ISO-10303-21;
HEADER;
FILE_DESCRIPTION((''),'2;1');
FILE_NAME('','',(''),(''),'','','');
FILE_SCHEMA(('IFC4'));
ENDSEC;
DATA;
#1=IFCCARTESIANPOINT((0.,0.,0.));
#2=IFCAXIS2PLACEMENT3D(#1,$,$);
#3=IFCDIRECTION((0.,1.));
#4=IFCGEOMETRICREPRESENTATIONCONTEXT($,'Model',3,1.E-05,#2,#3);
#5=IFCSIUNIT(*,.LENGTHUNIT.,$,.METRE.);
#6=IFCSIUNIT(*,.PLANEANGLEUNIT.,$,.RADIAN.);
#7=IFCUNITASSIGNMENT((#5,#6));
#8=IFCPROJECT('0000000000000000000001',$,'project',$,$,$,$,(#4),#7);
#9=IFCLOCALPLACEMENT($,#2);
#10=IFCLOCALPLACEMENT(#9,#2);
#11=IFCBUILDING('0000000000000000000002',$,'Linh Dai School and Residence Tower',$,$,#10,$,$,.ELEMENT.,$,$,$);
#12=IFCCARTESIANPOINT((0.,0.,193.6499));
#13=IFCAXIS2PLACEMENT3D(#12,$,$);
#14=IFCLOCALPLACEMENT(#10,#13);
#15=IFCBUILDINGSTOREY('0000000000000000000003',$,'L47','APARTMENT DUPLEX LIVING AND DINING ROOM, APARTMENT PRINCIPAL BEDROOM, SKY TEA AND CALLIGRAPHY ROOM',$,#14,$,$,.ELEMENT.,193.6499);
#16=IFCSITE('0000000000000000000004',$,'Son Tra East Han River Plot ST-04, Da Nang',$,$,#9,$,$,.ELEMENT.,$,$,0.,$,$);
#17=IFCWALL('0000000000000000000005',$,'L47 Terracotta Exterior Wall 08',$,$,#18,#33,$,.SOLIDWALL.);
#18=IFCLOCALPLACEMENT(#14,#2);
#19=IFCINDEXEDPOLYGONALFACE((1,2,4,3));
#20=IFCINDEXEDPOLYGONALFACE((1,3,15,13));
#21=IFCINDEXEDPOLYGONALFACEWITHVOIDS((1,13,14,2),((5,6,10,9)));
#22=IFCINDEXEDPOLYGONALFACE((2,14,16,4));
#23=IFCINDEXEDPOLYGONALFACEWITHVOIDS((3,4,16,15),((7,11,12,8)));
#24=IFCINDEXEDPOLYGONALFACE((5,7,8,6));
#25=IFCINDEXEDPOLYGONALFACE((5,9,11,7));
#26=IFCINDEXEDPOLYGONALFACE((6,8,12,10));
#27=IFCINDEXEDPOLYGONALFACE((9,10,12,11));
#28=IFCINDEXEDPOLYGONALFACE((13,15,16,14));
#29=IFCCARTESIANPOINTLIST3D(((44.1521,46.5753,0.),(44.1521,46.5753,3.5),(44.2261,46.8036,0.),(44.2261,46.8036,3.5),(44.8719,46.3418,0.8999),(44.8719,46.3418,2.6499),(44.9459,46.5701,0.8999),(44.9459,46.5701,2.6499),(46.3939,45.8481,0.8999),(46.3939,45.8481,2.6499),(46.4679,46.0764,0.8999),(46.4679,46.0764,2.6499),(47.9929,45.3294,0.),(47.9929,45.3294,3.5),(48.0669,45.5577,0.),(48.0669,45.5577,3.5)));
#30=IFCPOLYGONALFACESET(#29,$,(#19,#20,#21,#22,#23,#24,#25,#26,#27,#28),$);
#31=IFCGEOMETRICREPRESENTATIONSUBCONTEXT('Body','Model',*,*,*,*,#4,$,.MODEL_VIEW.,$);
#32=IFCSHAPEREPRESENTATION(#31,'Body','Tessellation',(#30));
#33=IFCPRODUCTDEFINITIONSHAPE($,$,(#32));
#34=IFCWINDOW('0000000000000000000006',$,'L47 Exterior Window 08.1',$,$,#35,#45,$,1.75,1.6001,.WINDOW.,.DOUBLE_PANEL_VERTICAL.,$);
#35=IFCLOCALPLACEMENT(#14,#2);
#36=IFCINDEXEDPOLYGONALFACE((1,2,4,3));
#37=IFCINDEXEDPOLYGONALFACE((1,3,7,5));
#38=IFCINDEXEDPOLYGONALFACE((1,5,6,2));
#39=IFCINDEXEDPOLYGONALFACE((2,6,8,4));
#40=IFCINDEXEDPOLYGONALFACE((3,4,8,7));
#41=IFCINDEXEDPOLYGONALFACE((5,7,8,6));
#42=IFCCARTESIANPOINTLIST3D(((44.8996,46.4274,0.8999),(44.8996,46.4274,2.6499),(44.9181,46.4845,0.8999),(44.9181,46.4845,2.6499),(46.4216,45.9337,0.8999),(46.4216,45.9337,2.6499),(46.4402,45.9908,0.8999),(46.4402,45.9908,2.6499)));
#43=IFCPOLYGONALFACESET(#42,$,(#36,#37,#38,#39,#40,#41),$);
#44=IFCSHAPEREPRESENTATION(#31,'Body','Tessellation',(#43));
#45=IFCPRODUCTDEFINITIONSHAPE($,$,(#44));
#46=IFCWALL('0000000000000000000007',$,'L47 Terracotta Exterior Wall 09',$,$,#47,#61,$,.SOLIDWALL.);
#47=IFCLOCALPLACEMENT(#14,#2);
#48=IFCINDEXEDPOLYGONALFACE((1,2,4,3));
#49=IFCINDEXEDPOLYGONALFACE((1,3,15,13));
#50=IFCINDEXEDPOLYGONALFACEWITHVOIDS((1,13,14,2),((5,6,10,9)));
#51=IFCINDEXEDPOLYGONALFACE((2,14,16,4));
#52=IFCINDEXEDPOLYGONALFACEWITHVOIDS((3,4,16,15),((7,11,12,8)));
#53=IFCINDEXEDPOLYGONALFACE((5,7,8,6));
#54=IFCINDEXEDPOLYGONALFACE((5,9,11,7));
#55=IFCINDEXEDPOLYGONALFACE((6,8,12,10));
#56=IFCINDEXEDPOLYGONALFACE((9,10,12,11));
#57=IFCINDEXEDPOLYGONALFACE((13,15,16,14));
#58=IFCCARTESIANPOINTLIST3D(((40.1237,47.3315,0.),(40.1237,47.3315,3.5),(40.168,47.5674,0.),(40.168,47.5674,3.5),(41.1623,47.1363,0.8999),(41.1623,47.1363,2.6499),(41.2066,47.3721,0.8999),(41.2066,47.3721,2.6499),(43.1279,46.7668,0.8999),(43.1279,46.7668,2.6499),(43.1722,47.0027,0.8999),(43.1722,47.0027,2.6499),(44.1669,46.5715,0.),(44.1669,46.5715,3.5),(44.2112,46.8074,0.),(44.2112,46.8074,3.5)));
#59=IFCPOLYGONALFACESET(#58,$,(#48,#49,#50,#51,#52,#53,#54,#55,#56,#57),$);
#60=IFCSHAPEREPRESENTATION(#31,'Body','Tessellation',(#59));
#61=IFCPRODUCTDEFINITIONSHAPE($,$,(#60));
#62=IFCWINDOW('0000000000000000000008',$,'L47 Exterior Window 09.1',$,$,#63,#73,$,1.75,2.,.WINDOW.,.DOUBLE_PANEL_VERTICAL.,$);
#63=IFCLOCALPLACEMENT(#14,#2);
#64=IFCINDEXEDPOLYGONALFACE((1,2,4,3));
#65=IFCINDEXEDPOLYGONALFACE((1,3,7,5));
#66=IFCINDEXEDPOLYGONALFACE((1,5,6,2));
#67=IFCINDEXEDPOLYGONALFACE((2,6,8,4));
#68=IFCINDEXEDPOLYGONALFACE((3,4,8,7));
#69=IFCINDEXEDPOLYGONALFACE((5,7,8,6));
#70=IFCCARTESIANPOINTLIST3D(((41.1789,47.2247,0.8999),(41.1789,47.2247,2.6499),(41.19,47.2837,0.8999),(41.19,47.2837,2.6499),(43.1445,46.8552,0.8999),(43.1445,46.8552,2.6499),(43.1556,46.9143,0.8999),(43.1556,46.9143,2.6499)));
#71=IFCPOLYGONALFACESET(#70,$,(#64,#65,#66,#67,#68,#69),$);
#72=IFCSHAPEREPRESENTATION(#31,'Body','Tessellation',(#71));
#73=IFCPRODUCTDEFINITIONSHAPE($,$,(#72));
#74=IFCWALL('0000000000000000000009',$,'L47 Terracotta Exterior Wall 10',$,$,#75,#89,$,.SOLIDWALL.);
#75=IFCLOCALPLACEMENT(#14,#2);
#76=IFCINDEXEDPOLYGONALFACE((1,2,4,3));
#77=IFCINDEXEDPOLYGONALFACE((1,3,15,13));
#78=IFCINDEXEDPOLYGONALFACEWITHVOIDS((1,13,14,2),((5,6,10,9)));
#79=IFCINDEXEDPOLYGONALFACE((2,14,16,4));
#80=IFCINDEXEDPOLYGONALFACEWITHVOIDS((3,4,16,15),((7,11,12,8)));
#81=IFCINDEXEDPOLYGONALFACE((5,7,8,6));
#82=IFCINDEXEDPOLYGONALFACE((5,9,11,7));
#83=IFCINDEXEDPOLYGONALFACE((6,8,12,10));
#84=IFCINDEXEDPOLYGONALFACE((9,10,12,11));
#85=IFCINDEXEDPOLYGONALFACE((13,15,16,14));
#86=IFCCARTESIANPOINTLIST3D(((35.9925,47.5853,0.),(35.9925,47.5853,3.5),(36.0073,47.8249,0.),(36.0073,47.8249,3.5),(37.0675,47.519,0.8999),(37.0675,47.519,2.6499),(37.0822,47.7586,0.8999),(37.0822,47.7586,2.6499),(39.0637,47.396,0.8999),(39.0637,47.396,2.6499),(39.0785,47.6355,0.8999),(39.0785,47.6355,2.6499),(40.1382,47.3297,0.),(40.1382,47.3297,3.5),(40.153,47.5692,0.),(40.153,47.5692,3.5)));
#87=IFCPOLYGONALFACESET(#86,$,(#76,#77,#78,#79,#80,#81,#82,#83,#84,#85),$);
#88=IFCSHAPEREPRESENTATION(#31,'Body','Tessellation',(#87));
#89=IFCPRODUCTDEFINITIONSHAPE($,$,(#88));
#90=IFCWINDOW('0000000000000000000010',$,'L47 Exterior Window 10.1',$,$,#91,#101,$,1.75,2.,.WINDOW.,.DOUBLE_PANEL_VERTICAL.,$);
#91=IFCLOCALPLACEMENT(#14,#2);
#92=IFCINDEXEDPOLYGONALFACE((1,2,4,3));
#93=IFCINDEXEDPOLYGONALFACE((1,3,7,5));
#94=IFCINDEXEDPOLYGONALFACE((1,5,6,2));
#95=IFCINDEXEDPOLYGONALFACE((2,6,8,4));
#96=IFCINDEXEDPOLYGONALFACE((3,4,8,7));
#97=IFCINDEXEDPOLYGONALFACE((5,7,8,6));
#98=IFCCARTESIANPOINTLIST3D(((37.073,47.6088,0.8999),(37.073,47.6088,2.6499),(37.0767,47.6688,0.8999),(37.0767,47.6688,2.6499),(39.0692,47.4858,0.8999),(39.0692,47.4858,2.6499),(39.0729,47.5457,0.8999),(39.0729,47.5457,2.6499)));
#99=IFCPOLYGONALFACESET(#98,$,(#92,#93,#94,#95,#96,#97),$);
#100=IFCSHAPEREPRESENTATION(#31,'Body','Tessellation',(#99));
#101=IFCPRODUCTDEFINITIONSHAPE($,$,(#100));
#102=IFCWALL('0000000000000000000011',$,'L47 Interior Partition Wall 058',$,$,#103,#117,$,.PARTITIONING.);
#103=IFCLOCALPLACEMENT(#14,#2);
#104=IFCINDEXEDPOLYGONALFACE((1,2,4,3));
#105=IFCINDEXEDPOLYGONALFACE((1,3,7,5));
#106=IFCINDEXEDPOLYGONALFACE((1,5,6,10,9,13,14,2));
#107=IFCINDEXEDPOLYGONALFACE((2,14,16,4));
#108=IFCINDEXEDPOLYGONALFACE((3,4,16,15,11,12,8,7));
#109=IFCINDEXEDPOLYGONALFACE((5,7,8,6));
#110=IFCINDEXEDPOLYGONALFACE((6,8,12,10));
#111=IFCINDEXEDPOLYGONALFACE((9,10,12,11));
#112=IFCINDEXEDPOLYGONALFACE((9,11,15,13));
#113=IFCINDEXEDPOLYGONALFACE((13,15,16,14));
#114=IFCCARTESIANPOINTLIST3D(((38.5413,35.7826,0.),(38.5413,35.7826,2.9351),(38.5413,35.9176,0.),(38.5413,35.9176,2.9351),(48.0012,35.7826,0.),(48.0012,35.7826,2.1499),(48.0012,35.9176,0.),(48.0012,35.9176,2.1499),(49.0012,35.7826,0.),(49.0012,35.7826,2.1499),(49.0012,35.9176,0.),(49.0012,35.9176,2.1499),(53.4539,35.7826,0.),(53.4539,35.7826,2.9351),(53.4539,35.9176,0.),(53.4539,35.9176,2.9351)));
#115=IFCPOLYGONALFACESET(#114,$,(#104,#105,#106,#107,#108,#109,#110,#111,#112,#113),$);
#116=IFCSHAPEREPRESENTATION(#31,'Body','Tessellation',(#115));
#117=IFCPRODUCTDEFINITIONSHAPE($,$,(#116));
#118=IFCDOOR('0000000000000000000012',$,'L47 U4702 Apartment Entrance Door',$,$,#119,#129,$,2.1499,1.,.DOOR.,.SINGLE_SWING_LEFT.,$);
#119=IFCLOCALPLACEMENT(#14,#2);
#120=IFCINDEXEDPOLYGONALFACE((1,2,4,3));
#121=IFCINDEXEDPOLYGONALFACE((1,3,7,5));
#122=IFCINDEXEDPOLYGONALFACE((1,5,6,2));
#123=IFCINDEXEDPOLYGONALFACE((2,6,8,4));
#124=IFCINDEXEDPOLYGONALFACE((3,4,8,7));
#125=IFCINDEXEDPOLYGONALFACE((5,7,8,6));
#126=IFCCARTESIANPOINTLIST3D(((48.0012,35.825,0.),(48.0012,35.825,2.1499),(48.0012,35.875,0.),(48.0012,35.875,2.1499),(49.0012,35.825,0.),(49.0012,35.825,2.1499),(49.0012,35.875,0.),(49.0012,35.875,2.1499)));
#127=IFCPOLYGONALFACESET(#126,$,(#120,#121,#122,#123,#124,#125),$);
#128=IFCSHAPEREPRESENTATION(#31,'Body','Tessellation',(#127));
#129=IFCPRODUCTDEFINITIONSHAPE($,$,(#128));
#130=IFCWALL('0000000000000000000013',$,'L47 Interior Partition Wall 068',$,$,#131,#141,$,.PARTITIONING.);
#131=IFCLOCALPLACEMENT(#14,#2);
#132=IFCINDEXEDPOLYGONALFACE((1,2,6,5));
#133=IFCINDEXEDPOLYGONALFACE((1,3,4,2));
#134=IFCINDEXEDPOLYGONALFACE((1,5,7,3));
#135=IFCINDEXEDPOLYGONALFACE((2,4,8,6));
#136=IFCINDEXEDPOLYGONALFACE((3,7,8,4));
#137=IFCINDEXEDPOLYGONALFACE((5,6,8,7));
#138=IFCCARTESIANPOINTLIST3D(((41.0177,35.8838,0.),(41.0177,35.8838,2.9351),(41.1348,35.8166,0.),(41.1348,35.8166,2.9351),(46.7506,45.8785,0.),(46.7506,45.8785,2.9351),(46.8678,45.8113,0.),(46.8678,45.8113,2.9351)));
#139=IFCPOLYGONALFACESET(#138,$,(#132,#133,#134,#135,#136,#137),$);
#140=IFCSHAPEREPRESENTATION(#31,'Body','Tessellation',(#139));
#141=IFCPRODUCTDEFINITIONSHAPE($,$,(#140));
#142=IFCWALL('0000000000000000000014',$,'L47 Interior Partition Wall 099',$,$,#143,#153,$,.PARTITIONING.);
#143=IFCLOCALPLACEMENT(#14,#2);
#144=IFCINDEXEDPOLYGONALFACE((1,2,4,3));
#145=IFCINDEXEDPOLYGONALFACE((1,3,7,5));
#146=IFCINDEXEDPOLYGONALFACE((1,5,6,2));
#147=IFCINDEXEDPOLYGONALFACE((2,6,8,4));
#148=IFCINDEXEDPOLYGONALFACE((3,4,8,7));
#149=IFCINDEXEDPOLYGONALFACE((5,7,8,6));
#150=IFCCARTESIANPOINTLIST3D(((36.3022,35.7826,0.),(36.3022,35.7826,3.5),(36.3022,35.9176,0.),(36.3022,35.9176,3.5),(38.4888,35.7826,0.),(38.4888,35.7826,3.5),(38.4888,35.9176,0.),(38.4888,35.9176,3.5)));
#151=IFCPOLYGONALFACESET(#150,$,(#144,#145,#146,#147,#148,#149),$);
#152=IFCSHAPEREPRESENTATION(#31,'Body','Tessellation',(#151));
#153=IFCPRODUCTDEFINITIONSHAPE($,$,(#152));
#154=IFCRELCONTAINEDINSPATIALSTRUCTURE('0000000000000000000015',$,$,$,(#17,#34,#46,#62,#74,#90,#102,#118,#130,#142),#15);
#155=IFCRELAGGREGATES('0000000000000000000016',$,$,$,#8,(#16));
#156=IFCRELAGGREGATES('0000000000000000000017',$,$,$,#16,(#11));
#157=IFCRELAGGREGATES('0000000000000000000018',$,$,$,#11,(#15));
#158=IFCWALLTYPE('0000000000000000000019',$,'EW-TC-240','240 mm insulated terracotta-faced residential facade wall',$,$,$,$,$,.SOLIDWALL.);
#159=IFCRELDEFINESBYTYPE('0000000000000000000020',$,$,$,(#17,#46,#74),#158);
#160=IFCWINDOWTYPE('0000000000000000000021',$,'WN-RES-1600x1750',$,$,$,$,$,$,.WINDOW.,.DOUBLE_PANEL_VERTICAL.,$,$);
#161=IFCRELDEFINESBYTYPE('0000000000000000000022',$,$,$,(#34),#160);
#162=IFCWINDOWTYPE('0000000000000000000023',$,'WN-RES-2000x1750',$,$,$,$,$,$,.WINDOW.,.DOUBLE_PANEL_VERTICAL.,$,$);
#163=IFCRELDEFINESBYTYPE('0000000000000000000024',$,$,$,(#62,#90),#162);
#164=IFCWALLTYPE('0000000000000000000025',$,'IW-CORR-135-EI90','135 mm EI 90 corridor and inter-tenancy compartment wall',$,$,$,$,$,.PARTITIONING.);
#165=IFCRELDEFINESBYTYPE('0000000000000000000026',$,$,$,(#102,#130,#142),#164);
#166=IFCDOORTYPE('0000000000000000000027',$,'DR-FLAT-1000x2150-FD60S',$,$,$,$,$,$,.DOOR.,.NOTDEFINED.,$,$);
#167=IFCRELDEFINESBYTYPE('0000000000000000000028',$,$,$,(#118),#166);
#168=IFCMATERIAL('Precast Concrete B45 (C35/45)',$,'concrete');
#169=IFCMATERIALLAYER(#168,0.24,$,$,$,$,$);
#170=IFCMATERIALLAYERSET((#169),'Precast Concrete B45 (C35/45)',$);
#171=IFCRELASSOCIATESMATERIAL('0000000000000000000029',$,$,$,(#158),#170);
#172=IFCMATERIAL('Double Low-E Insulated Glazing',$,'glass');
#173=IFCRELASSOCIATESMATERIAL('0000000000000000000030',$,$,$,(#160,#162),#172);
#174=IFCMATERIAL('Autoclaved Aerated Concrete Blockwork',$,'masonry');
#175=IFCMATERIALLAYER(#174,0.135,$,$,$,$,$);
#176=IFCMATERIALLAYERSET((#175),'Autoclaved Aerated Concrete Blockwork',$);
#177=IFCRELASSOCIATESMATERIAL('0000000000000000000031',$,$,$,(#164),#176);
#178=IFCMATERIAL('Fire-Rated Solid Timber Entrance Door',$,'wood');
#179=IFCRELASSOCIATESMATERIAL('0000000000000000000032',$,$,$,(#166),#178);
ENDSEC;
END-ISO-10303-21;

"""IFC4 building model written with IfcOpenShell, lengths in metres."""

from ifc_helpers import new_model, si_unit, direction, frame, frame_2d, origin, origin_2d, place, context, subcontext, project, spatial, rectangle, extrude, source, transform, mapped, material, layer, layer_set, type_object, element, fill, save


model = new_model("IFC4")

# Units and contexts
model_context = context("Model", 3, precision=1e-05, world=origin(), true_north=direction((0.0, 1.0)))
body_context = subcontext(model_context, "Body", "Model", "MODEL_VIEW")
ifc_project = project(units=[si_unit("LENGTHUNIT", "METRE"), si_unit("PLANEANGLEUNIT", "RADIAN")], contexts=[model_context])

# Site, building, storey
site_placement = place(None, origin())
site = spatial("IfcSite", under=ifc_project, at=site_placement, Name="Son Tra East Han River Plot ST-04, Da Nang", CompositionType="ELEMENT", RefElevation=0.0)
building_placement = place(site_placement, origin())
building = spatial("IfcBuilding", under=site, at=building_placement, Name="Linh Dai School and Residence Tower", CompositionType="ELEMENT")
storey_placement = place(building_placement, frame((0.0, 0.0, 193.6499)))
storey = spatial("IfcBuildingStorey", under=building, at=storey_placement, Name="L47", Description="APARTMENT DUPLEX LIVING AND DINING ROOM, APARTMENT PRINCIPAL BEDROOM, SKY TEA AND CALLIGRAPHY ROOM", CompositionType="ELEMENT", Elevation=193.6499)

# Shared definitions
ifc_material_1 = material(Name="Precast Concrete B45 (C35/45)", Category="concrete")

# Walls, openings, windows
ifc_layer_1 = layer(ifc_material_1, 0.24)
ifc_layer_set_1 = layer_set([ifc_layer_1], Name="Precast Concrete B45 (C35/45)")
wall_type_1 = type_object("IfcWallType", Name="EW-TC-240", Description="240 mm insulated terracotta-faced residential facade wall", PredefinedType="SOLIDWALL", material=ifc_layer_set_1)
wall_1_placement = place(storey_placement, frame((44.189, 46.6895, 0.0), z_axis=(0.0, 0.0, 1.0), x_axis=(0.95121, -0.308545, 0.0)))
wall_1 = element("IfcWall", 1, at=wall_1_placement, inside=storey, type_object=wall_type_1, Name="L47 Terracotta Exterior Wall 08", PredefinedType="SOLIDWALL", context=body_context, shape_type="SweptSolid", body=[
    extrude(rectangle(XDim=4.0378, YDim=0.24, at=frame_2d((2.019, 0.0))), origin(), (0.0, 0.0, 1.0), 3.5),
])
opening_1_placement = place(wall_1_placement, frame((0.7568, 0.0, 0.8999)))
opening_1 = element("IfcOpeningElement", 2, at=opening_1_placement, cuts=wall_1, PredefinedType="OPENING", context=body_context, shape_type="SweptSolid", body=[
    extrude(rectangle(XDim=1.6001, YDim=1.75, at=origin_2d()), frame((0.8, 0.1299, 0.875), z_axis=(0.0, -1.0, 0.0), x_axis=(1.0, 0.0, 0.0)), (0.0, 0.0, 1.0), 0.26),
])
ifc_material_2 = material(Name="Double Low-E Insulated Glazing", Category="glass")
window_type_1 = type_object("IfcWindowType", Name="WN-RES-1600x1750", PartitioningType="DOUBLE_PANEL_VERTICAL", PredefinedType="WINDOW", material=ifc_material_2)
shared_shape_1 = source(origin(), body_context, "Body", "SweptSolid", [
    extrude(rectangle(XDim=1.6001, YDim=1.75, at=origin_2d()), frame((0.8, 0.03, 0.875), z_axis=(0.0, -1.0, 0.0), x_axis=(1.0, 0.0, 0.0)), (0.0, 0.0, 1.0), 0.0601),
])
window_1_placement = place(opening_1_placement, origin())
window_1 = element("IfcWindow", 3, at=window_1_placement, inside=storey, type_object=window_type_1, Name="L47 Exterior Window 08.1", OverallHeight=1.75, OverallWidth=1.6001, PartitioningType="DOUBLE_PANEL_VERTICAL", PredefinedType="WINDOW", context=body_context, shape_type="MappedRepresentation", body=[
    mapped(shared_shape_1, transform((0.0, 0.0, 0.0), x_axis=(1.0, 0.0, 0.0), y_axis=(0.0, 1.0, 0.0), z_axis=(0.0, 0.0, 1.0), scale=1.0)),
])
fill(opening_1, window_1)
wall_2_placement = place(storey_placement, frame((40.1458, 47.4495, 0.0), z_axis=(0.0, 0.0, 1.0), x_axis=(0.982788, -0.184736, 0.0)))
wall_2 = element("IfcWall", 4, at=wall_2_placement, inside=storey, type_object=wall_type_1, Name="L47 Terracotta Exterior Wall 09", PredefinedType="SOLIDWALL", context=body_context, shape_type="SweptSolid", body=[
    extrude(rectangle(XDim=4.114, YDim=0.24, at=frame_2d((2.0571, 0.0))), origin(), (0.0, 0.0, 1.0), 3.5),
])
opening_2_placement = place(wall_2_placement, frame((1.0569, 0.0, 0.8999)))
opening_2 = element("IfcOpeningElement", 5, at=opening_2_placement, cuts=wall_2, PredefinedType="OPENING", context=body_context, shape_type="SweptSolid", body=[
    extrude(rectangle(XDim=2.0, YDim=1.75, at=origin_2d()), frame((1.0, 0.1299, 0.875), z_axis=(0.0, -1.0, 0.0), x_axis=(1.0, 0.0, 0.0)), (0.0, 0.0, 1.0), 0.26),
])
window_type_2 = type_object("IfcWindowType", Name="WN-RES-2000x1750", PartitioningType="DOUBLE_PANEL_VERTICAL", PredefinedType="WINDOW", material=ifc_material_2)
shared_shape_2 = source(origin(), body_context, "Body", "SweptSolid", [
    extrude(rectangle(XDim=2.0, YDim=1.75, at=origin_2d()), frame((1.0, 0.03, 0.875), z_axis=(0.0, -1.0, 0.0), x_axis=(1.0, 0.0, 0.0)), (0.0, 0.0, 1.0), 0.0601),
])
window_2_placement = place(opening_2_placement, origin())
window_2 = element("IfcWindow", 6, at=window_2_placement, inside=storey, type_object=window_type_2, Name="L47 Exterior Window 09.1", OverallHeight=1.75, OverallWidth=2.0, PartitioningType="DOUBLE_PANEL_VERTICAL", PredefinedType="WINDOW", context=body_context, shape_type="MappedRepresentation", body=[
    mapped(shared_shape_2, transform((0.0, 0.0, 0.0), x_axis=(1.0, 0.0, 0.0), y_axis=(0.0, 1.0, 0.0), z_axis=(0.0, 0.0, 1.0), scale=1.0)),
])
fill(opening_2, window_2)
wall_3_placement = place(storey_placement, frame((36.0, 47.7051, 0.0), z_axis=(0.0, 0.0, 1.0), x_axis=(0.998105, -0.06154, 0.0)))
wall_3 = element("IfcWall", 7, at=wall_3_placement, inside=storey, type_object=wall_type_1, Name="L47 Terracotta Exterior Wall 10", PredefinedType="SOLIDWALL", context=body_context, shape_type="SweptSolid", body=[
    extrude(rectangle(XDim=4.1536, YDim=0.24, at=frame_2d((2.0767, 0.0))), origin(), (0.0, 0.0, 1.0), 3.5),
])
opening_3_placement = place(wall_3_placement, frame((1.0769, 0.0, 0.8999)))
opening_3 = element("IfcOpeningElement", 8, at=opening_3_placement, cuts=wall_3, PredefinedType="OPENING", context=body_context, shape_type="SweptSolid", body=[
    extrude(rectangle(XDim=2.0, YDim=1.75, at=origin_2d()), frame((1.0, 0.1299, 0.875), z_axis=(0.0, -1.0, 0.0), x_axis=(1.0, 0.0, 0.0)), (0.0, 0.0, 1.0), 0.26),
])
window_3_placement = place(opening_3_placement, origin())
window_3 = element("IfcWindow", 9, at=window_3_placement, inside=storey, type_object=window_type_2, Name="L47 Exterior Window 10.1", OverallHeight=1.75, OverallWidth=2.0, PartitioningType="DOUBLE_PANEL_VERTICAL", PredefinedType="WINDOW", context=body_context, shape_type="MappedRepresentation", body=[
    mapped(shared_shape_2, transform((0.0, 0.0, 0.0), x_axis=(1.0, 0.0, 0.0), y_axis=(0.0, 1.0, 0.0), z_axis=(0.0, 0.0, 1.0), scale=1.0)),
])
fill(opening_3, window_3)

# Wall, opening, door
ifc_material_3 = material(Name="Autoclaved Aerated Concrete Blockwork", Category="masonry")
ifc_layer_2 = layer(ifc_material_3, 0.135)
ifc_layer_set_2 = layer_set([ifc_layer_2], Name="Autoclaved Aerated Concrete Blockwork")
wall_type_2 = type_object("IfcWallType", Name="IW-CORR-135-EI90", Description="135 mm EI 90 corridor and inter-tenancy compartment wall", PredefinedType="PARTITIONING", material=ifc_layer_set_2)
wall_4_placement = place(storey_placement, frame((38.5413, 35.8501, 0.0), z_axis=(0.0, 0.0, 1.0), x_axis=(1.0, 0.0, 0.0)))
wall_4 = element("IfcWall", 10, at=wall_4_placement, inside=storey, type_object=wall_type_2, Name="L47 Interior Partition Wall 058", PredefinedType="PARTITIONING", context=body_context, shape_type="SweptSolid", body=[
    extrude(rectangle(XDim=14.9126, YDim=0.135, at=frame_2d((7.4563, 0.0))), origin(), (0.0, 0.0, 1.0), 2.9351),
])
opening_4_placement = place(wall_4_placement, frame((9.46, 0.0, 0.0)))
opening_4 = element("IfcOpeningElement", 11, at=opening_4_placement, cuts=wall_4, PredefinedType="OPENING", context=body_context, shape_type="SweptSolid", body=[
    extrude(rectangle(XDim=1.0, YDim=2.1499, at=origin_2d()), frame((0.5, 0.0776, 1.075), z_axis=(0.0, -1.0, 0.0), x_axis=(1.0, 0.0, 0.0)), (0.0, 0.0, 1.0), 0.155),
])
ifc_material_4 = material(Name="Fire-Rated Solid Timber Entrance Door", Category="wood")
door_type_1 = type_object("IfcDoorType", Name="DR-FLAT-1000x2150-FD60S", OperationType="NOTDEFINED", PredefinedType="DOOR", material=ifc_material_4)
shared_shape_3 = source(origin(), body_context, "Body", "SweptSolid", [
    extrude(rectangle(XDim=1.0, YDim=2.1499, at=origin_2d()), frame((0.5, 0.0249, 1.075), z_axis=(0.0, -1.0, 0.0), x_axis=(1.0, 0.0, 0.0)), (0.0, 0.0, 1.0), 0.05),
])
door_1_placement = place(opening_4_placement, origin())
door_1 = element("IfcDoor", 12, at=door_1_placement, inside=storey, type_object=door_type_1, Name="L47 U4702 Apartment Entrance Door", OperationType="SINGLE_SWING_LEFT", OverallHeight=2.1499, OverallWidth=1.0, PredefinedType="DOOR", context=body_context, shape_type="MappedRepresentation", body=[
    mapped(shared_shape_3, transform((0.0, 0.0, 0.0), x_axis=(1.0, 0.0, 0.0), y_axis=(0.0, 1.0, 0.0), z_axis=(0.0, 0.0, 1.0), scale=1.0)),
])
fill(opening_4, door_1)

# Walls
wall_5_placement = place(storey_placement, frame((41.0762, 35.8501, 0.0), z_axis=(0.0, 0.0, 1.0), x_axis=(0.497558, 0.867431, 0.0)))
element("IfcWall", 13, at=wall_5_placement, inside=storey, type_object=wall_type_2, Name="L47 Interior Partition Wall 068", PredefinedType="PARTITIONING", context=body_context, shape_type="SweptSolid", body=[
    extrude(rectangle(XDim=11.5222, YDim=0.135, at=frame_2d((5.7612, 0.0))), origin(), (0.0, 0.0, 1.0), 2.9351),
])
wall_6_placement = place(storey_placement, frame((36.3022, 35.8501, 0.0), z_axis=(0.0, 0.0, 1.0), x_axis=(1.0, 0.0, 0.0)))
element("IfcWall", 14, at=wall_6_placement, inside=storey, type_object=wall_type_2, Name="L47 Interior Partition Wall 099", PredefinedType="PARTITIONING", context=body_context, shape_type="SweptSolid", body=[
    extrude(rectangle(XDim=2.1865, YDim=0.135, at=frame_2d((1.0933, 0.0))), origin(), (0.0, 0.0, 1.0), 3.5),
])

save(model, "model.ifc")
